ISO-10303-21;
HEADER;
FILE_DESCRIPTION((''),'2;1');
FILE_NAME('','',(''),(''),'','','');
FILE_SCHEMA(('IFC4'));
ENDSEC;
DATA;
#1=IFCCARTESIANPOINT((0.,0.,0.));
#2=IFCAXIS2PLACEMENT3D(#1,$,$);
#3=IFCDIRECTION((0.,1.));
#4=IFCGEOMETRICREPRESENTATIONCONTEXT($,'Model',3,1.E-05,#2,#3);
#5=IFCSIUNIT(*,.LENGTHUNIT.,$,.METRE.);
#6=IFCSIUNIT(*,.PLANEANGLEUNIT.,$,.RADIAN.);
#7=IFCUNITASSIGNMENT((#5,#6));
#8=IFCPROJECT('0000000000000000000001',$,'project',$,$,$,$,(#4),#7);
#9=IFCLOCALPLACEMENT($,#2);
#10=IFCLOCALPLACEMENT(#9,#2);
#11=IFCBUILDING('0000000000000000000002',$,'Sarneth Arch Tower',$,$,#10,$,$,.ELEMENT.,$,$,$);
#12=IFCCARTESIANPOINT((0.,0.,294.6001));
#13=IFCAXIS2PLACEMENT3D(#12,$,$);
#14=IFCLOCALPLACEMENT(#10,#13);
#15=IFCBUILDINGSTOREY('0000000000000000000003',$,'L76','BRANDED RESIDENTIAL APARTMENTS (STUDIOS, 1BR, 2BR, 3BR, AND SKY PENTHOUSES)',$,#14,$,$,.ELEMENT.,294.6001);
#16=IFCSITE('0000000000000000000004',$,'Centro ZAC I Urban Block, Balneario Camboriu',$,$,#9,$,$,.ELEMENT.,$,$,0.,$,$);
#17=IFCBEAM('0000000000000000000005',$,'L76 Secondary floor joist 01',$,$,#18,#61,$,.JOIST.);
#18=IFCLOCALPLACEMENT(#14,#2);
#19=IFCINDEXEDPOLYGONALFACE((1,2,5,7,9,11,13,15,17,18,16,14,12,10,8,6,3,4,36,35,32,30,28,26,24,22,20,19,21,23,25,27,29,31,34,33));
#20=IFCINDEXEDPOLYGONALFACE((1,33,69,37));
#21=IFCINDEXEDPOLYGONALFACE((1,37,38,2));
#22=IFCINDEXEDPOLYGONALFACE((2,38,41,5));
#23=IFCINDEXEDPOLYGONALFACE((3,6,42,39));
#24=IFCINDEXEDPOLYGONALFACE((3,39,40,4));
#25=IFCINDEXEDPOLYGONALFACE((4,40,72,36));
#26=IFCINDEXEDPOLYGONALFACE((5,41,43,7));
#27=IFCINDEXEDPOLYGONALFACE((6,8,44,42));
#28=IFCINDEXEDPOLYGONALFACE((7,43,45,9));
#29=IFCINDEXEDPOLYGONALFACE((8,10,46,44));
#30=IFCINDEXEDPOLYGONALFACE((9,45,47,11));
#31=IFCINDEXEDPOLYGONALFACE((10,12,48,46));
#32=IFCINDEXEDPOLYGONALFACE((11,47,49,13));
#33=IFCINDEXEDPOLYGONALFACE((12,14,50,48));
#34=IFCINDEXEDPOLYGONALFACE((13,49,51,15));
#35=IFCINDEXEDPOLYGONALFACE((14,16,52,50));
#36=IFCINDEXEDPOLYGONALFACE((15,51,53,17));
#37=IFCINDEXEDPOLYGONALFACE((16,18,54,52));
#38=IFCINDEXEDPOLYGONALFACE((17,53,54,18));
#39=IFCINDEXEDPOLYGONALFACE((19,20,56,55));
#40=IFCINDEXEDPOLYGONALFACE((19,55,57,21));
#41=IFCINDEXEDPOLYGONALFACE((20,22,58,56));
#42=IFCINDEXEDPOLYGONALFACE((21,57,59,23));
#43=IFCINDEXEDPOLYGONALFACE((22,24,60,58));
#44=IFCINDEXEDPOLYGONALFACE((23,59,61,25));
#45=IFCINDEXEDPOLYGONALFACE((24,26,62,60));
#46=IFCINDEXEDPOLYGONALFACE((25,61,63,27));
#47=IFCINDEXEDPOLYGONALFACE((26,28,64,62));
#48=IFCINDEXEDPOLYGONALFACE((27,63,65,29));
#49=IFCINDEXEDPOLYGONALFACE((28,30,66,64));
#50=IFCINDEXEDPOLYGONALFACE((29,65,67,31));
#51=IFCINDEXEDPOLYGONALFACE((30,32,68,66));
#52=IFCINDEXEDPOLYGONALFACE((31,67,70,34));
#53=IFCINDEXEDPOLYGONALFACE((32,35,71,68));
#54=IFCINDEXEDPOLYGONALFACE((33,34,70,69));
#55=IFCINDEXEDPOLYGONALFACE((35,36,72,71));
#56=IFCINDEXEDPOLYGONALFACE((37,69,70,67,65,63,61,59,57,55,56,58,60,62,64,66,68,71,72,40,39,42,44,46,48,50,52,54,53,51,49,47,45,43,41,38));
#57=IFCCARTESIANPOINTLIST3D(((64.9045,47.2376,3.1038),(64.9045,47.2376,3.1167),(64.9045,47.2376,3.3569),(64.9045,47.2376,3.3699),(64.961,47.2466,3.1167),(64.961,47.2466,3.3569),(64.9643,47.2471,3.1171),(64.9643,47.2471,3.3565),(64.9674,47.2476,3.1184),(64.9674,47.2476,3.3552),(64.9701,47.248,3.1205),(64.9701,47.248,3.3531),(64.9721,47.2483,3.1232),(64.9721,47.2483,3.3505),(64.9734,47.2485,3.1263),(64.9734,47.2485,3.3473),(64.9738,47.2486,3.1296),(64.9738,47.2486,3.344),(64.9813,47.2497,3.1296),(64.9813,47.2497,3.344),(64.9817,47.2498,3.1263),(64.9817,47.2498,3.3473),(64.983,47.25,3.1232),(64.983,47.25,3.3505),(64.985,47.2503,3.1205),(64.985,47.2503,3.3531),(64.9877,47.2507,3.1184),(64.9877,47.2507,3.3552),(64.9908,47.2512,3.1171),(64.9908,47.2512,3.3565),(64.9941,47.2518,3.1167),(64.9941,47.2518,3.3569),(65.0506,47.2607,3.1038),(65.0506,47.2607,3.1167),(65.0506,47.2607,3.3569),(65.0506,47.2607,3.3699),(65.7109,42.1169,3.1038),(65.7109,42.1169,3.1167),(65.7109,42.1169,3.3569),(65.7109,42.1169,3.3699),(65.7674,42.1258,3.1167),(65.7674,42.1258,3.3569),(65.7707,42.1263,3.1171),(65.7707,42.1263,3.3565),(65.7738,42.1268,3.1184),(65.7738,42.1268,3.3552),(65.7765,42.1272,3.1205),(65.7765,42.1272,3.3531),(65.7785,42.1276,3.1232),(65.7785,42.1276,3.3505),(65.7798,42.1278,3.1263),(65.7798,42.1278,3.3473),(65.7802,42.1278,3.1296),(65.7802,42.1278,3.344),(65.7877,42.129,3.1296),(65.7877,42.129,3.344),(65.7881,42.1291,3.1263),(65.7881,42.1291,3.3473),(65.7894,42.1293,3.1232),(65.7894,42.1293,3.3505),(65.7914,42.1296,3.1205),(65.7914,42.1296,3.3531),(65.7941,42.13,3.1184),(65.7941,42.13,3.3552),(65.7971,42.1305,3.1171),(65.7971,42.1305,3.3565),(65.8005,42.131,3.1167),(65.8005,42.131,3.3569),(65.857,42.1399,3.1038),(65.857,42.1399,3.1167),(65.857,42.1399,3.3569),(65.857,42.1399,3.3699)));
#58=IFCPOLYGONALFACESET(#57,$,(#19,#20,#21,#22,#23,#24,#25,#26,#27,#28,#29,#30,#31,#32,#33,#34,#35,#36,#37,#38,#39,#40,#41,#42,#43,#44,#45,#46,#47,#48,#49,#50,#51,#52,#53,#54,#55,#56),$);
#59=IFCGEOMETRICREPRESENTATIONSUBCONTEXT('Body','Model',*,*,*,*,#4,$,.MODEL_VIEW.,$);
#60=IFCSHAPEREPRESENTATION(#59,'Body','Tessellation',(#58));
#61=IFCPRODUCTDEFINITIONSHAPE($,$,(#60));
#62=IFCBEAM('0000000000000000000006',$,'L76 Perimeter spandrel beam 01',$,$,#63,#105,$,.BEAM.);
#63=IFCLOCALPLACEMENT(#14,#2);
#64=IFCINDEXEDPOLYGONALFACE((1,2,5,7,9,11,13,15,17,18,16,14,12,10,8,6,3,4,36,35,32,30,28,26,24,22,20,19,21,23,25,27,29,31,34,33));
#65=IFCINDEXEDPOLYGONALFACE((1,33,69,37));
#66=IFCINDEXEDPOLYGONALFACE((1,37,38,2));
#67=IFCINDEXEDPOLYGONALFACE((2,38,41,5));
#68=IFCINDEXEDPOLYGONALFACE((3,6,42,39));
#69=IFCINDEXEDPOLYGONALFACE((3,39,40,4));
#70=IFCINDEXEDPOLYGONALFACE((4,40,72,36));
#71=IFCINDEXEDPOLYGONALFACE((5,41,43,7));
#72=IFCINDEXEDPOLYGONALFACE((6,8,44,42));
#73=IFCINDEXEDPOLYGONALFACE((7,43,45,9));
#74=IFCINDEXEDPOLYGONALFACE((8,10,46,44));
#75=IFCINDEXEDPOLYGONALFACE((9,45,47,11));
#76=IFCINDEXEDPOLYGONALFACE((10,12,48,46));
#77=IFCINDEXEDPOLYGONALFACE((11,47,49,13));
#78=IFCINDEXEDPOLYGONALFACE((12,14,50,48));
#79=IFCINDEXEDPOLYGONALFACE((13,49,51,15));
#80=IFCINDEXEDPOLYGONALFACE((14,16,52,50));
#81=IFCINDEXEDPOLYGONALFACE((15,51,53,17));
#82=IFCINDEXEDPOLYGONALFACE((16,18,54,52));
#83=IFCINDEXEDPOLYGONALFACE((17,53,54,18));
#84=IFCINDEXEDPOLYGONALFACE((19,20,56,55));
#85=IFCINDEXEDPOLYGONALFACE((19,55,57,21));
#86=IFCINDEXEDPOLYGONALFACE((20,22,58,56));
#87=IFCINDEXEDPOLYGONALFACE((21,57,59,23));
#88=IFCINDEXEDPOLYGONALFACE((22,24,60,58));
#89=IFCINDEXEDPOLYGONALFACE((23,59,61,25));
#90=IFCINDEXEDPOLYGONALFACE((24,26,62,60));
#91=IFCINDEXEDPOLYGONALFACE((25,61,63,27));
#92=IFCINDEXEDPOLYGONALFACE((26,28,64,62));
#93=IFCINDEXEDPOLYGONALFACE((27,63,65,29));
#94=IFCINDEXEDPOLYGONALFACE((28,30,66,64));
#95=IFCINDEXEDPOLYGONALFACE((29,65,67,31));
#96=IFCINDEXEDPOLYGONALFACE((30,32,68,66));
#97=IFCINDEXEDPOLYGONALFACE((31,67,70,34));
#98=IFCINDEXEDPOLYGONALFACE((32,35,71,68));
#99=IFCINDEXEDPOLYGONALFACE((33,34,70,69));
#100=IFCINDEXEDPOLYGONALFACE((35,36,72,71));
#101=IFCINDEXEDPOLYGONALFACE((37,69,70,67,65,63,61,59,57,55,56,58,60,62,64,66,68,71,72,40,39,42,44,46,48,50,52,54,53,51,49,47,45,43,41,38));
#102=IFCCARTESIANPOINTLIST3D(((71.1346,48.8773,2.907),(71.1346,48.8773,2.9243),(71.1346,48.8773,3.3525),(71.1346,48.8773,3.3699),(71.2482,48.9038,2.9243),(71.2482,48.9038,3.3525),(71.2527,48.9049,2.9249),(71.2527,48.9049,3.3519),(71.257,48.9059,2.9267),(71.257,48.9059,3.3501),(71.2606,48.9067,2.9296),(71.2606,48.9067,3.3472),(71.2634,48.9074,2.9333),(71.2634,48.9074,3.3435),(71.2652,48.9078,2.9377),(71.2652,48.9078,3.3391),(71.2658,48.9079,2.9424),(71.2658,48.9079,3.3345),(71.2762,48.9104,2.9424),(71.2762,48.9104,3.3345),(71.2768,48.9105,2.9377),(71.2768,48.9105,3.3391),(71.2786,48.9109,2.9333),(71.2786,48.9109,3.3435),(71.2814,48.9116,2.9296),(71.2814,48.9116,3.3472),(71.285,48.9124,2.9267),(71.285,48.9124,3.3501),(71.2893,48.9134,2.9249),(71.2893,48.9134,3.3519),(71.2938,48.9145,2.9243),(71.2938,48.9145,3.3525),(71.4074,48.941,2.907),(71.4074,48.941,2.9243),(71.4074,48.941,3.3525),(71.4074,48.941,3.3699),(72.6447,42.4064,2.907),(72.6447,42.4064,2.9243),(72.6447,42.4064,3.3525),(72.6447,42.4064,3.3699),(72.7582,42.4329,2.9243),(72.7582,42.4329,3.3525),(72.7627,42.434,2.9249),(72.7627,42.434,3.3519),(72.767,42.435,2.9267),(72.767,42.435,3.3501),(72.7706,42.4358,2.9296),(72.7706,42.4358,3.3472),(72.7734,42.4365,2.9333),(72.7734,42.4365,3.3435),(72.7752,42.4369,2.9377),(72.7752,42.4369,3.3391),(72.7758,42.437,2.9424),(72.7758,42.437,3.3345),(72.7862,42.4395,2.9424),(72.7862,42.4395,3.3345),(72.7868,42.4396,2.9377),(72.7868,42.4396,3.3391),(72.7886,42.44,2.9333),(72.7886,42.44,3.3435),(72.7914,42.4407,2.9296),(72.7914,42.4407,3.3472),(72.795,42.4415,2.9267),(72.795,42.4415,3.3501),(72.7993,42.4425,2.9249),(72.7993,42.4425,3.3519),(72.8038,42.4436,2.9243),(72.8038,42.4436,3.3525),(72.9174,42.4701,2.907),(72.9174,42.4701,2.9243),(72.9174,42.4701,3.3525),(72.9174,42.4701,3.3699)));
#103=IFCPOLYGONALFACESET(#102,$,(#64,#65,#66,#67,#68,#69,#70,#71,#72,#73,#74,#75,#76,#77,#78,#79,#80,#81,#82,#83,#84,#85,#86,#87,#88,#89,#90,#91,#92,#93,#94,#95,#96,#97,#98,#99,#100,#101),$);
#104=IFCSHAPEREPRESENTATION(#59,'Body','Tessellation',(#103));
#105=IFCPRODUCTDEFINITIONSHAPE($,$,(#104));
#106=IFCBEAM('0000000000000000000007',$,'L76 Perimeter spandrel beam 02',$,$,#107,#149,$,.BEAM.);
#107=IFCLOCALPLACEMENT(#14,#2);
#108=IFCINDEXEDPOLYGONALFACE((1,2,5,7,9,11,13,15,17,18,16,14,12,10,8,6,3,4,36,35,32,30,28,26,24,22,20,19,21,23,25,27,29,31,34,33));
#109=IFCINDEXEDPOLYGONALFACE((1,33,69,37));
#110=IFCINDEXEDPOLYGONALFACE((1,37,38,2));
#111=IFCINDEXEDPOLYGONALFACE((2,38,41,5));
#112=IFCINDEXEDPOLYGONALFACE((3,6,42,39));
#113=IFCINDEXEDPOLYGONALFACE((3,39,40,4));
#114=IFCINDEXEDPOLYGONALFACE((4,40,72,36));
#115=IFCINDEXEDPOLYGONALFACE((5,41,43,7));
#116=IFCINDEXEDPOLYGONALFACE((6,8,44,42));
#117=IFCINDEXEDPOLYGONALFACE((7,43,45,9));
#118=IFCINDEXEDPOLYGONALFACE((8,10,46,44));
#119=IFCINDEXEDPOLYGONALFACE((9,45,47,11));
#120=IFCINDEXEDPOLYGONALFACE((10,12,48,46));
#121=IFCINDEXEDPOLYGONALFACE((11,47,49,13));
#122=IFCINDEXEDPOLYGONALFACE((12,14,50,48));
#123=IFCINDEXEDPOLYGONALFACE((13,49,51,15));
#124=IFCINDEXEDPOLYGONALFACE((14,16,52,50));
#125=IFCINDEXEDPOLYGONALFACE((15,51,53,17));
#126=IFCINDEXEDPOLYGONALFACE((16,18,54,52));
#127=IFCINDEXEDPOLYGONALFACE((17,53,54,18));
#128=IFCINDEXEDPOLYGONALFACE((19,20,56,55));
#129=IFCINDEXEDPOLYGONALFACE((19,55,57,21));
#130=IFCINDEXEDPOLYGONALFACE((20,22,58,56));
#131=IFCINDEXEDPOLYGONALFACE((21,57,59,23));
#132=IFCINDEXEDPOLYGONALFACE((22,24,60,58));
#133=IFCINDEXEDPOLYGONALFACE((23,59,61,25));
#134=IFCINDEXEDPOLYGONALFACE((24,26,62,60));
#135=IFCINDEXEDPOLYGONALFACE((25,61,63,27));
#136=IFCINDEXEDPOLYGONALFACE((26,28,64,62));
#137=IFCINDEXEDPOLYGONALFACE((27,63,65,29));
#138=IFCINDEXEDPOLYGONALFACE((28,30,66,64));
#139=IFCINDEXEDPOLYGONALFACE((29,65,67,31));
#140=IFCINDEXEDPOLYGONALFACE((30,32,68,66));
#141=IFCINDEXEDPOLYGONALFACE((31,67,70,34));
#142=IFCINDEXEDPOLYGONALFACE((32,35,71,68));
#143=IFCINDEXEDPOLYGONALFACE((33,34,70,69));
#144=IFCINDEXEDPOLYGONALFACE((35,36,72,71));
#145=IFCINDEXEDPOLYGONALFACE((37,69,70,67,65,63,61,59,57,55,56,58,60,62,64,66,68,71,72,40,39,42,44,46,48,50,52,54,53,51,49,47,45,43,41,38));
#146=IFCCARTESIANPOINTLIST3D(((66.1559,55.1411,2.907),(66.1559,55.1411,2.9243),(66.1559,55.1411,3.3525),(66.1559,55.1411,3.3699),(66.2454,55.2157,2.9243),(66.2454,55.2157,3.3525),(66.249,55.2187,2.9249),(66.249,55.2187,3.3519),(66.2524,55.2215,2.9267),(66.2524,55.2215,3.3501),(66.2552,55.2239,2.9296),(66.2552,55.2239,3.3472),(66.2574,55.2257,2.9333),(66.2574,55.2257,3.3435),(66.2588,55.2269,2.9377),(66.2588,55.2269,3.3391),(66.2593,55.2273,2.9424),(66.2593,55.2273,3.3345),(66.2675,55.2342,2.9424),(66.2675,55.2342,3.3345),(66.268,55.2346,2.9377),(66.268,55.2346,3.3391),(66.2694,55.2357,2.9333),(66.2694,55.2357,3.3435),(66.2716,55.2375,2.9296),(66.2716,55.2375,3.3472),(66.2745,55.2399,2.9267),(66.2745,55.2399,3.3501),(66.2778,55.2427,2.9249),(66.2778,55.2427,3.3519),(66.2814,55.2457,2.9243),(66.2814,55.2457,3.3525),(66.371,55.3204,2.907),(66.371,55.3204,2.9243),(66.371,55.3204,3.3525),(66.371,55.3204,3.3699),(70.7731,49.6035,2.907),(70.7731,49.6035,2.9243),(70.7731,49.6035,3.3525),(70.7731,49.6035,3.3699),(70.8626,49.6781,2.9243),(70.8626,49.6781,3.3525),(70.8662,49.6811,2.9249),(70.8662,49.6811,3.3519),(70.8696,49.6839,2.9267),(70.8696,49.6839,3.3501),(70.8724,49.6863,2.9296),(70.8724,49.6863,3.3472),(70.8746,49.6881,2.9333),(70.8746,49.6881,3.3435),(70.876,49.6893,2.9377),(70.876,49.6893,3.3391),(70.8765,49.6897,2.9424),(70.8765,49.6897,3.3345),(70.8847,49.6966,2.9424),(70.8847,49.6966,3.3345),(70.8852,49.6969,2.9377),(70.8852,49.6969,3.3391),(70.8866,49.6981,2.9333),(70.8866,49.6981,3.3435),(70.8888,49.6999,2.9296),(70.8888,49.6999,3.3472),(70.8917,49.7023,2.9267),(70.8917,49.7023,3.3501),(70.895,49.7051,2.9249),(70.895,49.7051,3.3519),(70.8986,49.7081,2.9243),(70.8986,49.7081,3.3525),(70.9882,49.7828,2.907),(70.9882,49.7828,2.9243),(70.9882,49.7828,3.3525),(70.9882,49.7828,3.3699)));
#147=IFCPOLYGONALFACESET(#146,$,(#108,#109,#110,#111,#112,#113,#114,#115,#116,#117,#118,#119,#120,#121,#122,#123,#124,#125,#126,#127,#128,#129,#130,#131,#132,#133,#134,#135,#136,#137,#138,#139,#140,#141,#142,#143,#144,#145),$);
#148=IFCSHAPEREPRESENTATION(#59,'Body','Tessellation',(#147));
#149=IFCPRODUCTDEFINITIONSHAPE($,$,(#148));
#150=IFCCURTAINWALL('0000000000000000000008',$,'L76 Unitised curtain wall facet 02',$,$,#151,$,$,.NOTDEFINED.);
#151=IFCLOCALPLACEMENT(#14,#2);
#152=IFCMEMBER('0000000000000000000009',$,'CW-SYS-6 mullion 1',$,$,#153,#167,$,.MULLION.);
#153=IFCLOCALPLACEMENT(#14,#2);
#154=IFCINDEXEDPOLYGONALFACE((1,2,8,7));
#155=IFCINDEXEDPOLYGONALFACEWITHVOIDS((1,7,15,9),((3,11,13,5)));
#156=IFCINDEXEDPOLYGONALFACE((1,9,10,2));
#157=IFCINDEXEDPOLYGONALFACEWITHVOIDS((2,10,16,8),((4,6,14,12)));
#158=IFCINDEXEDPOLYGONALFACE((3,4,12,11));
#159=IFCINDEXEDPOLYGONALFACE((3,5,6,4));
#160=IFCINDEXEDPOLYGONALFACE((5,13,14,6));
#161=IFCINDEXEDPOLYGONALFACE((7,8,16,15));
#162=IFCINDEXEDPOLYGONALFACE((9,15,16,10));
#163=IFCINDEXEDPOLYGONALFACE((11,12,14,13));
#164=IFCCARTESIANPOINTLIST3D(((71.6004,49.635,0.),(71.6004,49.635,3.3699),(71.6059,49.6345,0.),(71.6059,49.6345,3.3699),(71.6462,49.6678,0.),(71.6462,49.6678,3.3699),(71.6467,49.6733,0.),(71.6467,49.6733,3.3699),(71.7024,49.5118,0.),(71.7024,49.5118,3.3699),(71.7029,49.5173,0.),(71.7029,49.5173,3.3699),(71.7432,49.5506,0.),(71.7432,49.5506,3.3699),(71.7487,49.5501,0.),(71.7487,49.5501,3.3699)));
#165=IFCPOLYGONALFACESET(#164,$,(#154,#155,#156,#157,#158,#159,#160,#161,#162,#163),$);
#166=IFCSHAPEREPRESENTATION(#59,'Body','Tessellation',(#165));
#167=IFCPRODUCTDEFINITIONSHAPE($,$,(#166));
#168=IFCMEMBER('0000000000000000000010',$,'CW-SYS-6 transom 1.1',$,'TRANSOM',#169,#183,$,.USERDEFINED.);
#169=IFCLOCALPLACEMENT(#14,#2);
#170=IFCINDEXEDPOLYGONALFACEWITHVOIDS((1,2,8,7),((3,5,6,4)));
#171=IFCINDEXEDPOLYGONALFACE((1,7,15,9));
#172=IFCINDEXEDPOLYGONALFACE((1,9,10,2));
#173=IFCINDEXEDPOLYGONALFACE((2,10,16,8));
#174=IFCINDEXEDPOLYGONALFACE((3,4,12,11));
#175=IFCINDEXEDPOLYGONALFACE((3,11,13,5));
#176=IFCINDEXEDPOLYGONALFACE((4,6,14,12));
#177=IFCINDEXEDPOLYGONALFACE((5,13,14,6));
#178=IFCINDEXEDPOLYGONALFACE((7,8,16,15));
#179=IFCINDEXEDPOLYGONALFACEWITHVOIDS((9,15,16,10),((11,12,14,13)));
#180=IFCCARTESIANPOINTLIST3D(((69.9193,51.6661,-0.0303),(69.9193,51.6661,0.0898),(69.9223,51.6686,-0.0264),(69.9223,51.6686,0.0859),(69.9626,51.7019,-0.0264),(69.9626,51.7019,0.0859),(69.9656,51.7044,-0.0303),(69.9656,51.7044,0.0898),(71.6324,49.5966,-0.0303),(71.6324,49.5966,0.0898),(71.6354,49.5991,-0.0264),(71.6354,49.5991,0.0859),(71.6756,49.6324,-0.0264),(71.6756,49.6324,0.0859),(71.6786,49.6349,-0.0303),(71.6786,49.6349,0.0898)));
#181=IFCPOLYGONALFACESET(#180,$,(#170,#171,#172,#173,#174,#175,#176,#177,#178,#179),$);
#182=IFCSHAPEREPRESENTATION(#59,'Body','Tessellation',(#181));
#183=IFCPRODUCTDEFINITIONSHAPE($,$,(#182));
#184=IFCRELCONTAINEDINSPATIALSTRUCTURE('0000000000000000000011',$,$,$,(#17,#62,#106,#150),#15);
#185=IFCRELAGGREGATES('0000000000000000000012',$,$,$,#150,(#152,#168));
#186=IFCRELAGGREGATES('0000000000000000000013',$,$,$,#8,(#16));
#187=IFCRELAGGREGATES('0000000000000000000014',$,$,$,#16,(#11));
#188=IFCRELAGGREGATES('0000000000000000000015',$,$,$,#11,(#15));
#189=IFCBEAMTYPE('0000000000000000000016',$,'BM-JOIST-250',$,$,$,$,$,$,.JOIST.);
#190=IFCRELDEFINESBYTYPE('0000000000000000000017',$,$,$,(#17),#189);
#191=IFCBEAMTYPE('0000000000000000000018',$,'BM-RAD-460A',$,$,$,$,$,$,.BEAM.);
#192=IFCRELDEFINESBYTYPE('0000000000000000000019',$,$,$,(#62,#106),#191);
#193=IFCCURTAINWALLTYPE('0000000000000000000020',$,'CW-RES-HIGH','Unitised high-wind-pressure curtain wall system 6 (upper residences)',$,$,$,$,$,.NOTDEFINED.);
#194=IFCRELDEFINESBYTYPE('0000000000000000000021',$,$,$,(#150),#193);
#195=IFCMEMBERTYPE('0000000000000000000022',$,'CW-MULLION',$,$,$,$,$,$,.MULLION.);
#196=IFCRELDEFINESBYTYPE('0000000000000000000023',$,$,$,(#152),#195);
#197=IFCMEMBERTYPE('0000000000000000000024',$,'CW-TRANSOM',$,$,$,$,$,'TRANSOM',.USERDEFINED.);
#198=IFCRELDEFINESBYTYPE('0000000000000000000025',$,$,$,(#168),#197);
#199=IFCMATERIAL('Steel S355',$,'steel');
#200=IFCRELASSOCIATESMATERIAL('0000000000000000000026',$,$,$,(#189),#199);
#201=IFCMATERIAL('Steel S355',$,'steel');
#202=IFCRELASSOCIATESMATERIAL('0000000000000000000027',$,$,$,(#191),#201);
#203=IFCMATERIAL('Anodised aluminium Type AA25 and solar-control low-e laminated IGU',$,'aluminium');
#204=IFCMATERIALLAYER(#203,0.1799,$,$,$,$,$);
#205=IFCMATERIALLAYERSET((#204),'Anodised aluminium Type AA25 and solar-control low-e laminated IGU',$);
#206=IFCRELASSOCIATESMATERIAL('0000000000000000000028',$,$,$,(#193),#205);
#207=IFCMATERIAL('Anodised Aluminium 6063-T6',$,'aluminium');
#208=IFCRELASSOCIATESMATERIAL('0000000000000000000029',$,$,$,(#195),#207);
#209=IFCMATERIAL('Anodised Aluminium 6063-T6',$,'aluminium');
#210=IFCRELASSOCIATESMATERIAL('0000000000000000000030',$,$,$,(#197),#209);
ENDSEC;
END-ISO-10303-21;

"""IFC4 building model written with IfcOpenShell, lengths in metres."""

from ifc_helpers import new_model, si_unit, direction, frame, origin, origin_2d, place, context, subcontext, project, spatial, hollow_rectangle, i_section, extrude, material, layer, layer_set, material_profile, profile_set, type_object, element, aggregate, save


model = new_model("IFC4")

# Units and contexts
model_context = context("Model", 3, precision=1e-05, world=origin(), true_north=direction((0.0, 1.0)))
body_context = subcontext(model_context, "Body", "Model", "MODEL_VIEW")
ifc_project = project(units=[si_unit("LENGTHUNIT", "METRE"), si_unit("PLANEANGLEUNIT", "RADIAN")], contexts=[model_context])

# Site, building, storey
site_placement = place(None, origin())
site = spatial("IfcSite", under=ifc_project, at=site_placement, Name="Centro ZAC I Urban Block, Balneario Camboriu", CompositionType="ELEMENT", RefElevation=0.0)
building_placement = place(site_placement, origin())
building = spatial("IfcBuilding", under=site, at=building_placement, Name="Sarneth Arch Tower", CompositionType="ELEMENT")
storey_placement = place(building_placement, frame((0.0, 0.0, 294.6001)))
storey = spatial("IfcBuildingStorey", under=building, at=storey_placement, Name="L76", Description="BRANDED RESIDENTIAL APARTMENTS (STUDIOS, 1BR, 2BR, 3BR, AND SKY PENTHOUSES)", CompositionType="ELEMENT", Elevation=294.6001)

# Beams
ifc_material_1 = material(Name="Steel S355", Category="steel")
ifc_material_profile_1 = material_profile(ifc_material_1, i_section(OverallWidth=0.1479, OverallDepth=0.2661, WebThickness=0.0076, FlangeThickness=0.0129, FilletRadius=0.0129, at=origin_2d()), Name="W250x44.8")
ifc_profile_set_1 = profile_set([ifc_material_profile_1], Name="Steel S355")
beam_type_1 = type_object("IfcBeamType", Name="BM-JOIST-250", PredefinedType="JOIST", material=ifc_profile_set_1)
beam_1_placement = place(storey_placement, frame((65.7839, 42.1284, 3.2368), z_axis=(-0.155556, 0.987827, 0.0), x_axis=(-0.987827, -0.155556, 0.0)))
element("IfcBeam", 1, at=beam_1_placement, inside=storey, type_object=beam_type_1, Name="L76 Secondary floor joist 01", PredefinedType="JOIST", context=body_context, shape_type="SweptSolid", body=[
    extrude(i_section(OverallWidth=0.1479, OverallDepth=0.2661, WebThickness=0.0076, FlangeThickness=0.0129, FilletRadius=0.0129, at=origin_2d()), origin(), (0.0, 0.0, 1.0), 5.1838),
])
ifc_material_2 = material(Name="Steel S355", Category="steel")
ifc_material_profile_2 = material_profile(ifc_material_2, i_section(OverallWidth=0.28, OverallDepth=0.4629, WebThickness=0.0107, FlangeThickness=0.0173, FilletRadius=0.0181, at=origin_2d()), Name="W460x113")
ifc_profile_set_2 = profile_set([ifc_material_profile_2], Name="Steel S355")
beam_type_2 = type_object("IfcBeamType", Name="BM-RAD-460A", PredefinedType="BEAM", material=ifc_profile_set_2)
beam_2_placement = place(storey_placement, frame((72.781, 42.4382, 3.1384), z_axis=(-0.227247, 0.973837, 0.0), x_axis=(-0.973837, -0.227247, 0.0)))
element("IfcBeam", 2, at=beam_2_placement, inside=storey, type_object=beam_type_2, Name="L76 Perimeter spandrel beam 01", PredefinedType="BEAM", context=body_context, shape_type="SweptSolid", body=[
    extrude(i_section(OverallWidth=0.28, OverallDepth=0.4629, WebThickness=0.0107, FlangeThickness=0.0173, FilletRadius=0.0181, at=origin_2d()), origin(), (0.0, 0.0, 1.0), 6.6448),
])
beam_3_placement = place(storey_placement, frame((70.8806, 49.6931, 3.1384), z_axis=(-0.640391, 0.768049, 0.0), x_axis=(-0.768049, -0.640391, 0.0)))
element("IfcBeam", 3, at=beam_3_placement, inside=storey, type_object=beam_type_2, Name="L76 Perimeter spandrel beam 02", PredefinedType="BEAM", context=body_context, shape_type="SweptSolid", body=[
    extrude(i_section(OverallWidth=0.28, OverallDepth=0.4629, WebThickness=0.0107, FlangeThickness=0.0173, FilletRadius=0.0181, at=origin_2d()), origin(), (0.0, 0.0, 1.0), 7.21),
])

# Curtain wall, members
ifc_material_3 = material(Name="Anodised aluminium Type AA25 and solar-control low-e laminated IGU", Category="aluminium")
ifc_layer_1 = layer(ifc_material_3, 0.1799)
ifc_layer_set_1 = layer_set([ifc_layer_1], Name="Anodised aluminium Type AA25 and solar-control low-e laminated IGU")
curtain_wall_type = type_object("IfcCurtainWallType", Name="CW-RES-HIGH", Description="Unitised high-wind-pressure curtain wall system 6 (upper residences)", PredefinedType="NOTDEFINED", material=ifc_layer_set_1)
curtain_wall_placement = place(storey_placement, origin())
curtain_wall = element("IfcCurtainWall", 4, at=curtain_wall_placement, inside=storey, type_object=curtain_wall_type, Name="L76 Unitised curtain wall facet 02", PredefinedType="NOTDEFINED")
ifc_material_4 = material(Name="Anodised Aluminium 6063-T6", Category="aluminium")
ifc_material_profile_3 = material_profile(ifc_material_4, hollow_rectangle(XDim=0.0601, YDim=0.1599, WallThickness=0.0039, at=origin_2d()), Name="AL-MULL-160x60x4")
ifc_profile_set_3 = profile_set([ifc_material_profile_3], Name="Anodised Aluminium 6063-T6")
member_type_1 = type_object("IfcMemberType", Name="CW-MULLION", PredefinedType="MULLION", material=ifc_profile_set_3)
member_1_placement = place(storey_placement, frame((71.6746, 49.5925, 0.0), z_axis=(0.0, 0.0, 1.0), x_axis=(-0.770359, -0.63761, 0.0)))
member_1 = element("IfcMember", 5, at=member_1_placement, type_object=member_type_1, Name="CW-SYS-6 mullion 1", PredefinedType="MULLION", context=body_context, shape_type="SweptSolid", body=[
    extrude(hollow_rectangle(XDim=0.0601, YDim=0.1599, WallThickness=0.0039, at=origin_2d()), origin(), (0.0, 0.0, 1.0), 3.3699),
])
ifc_material_5 = material(Name="Anodised Aluminium 6063-T6", Category="aluminium")
ifc_material_profile_4 = material_profile(ifc_material_5, hollow_rectangle(XDim=0.0601, YDim=0.1201, WallThickness=0.0039, at=origin_2d()), Name="AL-TRAN-120x60x4")
ifc_profile_set_4 = profile_set([ifc_material_profile_4], Name="Anodised Aluminium 6063-T6")
member_type_2 = type_object("IfcMemberType", Name="CW-TRANSOM", ElementType="TRANSOM", PredefinedType="USERDEFINED", material=ifc_profile_set_4)
member_2_placement = place(storey_placement, frame((71.6555, 49.6157, 0.0298), z_axis=(-0.637651, 0.770325, 0.0), x_axis=(-0.770325, -0.637651, 0.0)))
member_2 = element("IfcMember", 6, at=member_2_placement, type_object=member_type_2, Name="CW-SYS-6 transom 1.1", ObjectType="TRANSOM", PredefinedType="USERDEFINED", context=body_context, shape_type="SweptSolid", body=[
    extrude(hollow_rectangle(XDim=0.0601, YDim=0.1201, WallThickness=0.0039, at=origin_2d()), origin(), (0.0, 0.0, 1.0), 2.6865),
])

aggregate(curtain_wall, [member_1, member_2])

save(model, "model.ifc")
